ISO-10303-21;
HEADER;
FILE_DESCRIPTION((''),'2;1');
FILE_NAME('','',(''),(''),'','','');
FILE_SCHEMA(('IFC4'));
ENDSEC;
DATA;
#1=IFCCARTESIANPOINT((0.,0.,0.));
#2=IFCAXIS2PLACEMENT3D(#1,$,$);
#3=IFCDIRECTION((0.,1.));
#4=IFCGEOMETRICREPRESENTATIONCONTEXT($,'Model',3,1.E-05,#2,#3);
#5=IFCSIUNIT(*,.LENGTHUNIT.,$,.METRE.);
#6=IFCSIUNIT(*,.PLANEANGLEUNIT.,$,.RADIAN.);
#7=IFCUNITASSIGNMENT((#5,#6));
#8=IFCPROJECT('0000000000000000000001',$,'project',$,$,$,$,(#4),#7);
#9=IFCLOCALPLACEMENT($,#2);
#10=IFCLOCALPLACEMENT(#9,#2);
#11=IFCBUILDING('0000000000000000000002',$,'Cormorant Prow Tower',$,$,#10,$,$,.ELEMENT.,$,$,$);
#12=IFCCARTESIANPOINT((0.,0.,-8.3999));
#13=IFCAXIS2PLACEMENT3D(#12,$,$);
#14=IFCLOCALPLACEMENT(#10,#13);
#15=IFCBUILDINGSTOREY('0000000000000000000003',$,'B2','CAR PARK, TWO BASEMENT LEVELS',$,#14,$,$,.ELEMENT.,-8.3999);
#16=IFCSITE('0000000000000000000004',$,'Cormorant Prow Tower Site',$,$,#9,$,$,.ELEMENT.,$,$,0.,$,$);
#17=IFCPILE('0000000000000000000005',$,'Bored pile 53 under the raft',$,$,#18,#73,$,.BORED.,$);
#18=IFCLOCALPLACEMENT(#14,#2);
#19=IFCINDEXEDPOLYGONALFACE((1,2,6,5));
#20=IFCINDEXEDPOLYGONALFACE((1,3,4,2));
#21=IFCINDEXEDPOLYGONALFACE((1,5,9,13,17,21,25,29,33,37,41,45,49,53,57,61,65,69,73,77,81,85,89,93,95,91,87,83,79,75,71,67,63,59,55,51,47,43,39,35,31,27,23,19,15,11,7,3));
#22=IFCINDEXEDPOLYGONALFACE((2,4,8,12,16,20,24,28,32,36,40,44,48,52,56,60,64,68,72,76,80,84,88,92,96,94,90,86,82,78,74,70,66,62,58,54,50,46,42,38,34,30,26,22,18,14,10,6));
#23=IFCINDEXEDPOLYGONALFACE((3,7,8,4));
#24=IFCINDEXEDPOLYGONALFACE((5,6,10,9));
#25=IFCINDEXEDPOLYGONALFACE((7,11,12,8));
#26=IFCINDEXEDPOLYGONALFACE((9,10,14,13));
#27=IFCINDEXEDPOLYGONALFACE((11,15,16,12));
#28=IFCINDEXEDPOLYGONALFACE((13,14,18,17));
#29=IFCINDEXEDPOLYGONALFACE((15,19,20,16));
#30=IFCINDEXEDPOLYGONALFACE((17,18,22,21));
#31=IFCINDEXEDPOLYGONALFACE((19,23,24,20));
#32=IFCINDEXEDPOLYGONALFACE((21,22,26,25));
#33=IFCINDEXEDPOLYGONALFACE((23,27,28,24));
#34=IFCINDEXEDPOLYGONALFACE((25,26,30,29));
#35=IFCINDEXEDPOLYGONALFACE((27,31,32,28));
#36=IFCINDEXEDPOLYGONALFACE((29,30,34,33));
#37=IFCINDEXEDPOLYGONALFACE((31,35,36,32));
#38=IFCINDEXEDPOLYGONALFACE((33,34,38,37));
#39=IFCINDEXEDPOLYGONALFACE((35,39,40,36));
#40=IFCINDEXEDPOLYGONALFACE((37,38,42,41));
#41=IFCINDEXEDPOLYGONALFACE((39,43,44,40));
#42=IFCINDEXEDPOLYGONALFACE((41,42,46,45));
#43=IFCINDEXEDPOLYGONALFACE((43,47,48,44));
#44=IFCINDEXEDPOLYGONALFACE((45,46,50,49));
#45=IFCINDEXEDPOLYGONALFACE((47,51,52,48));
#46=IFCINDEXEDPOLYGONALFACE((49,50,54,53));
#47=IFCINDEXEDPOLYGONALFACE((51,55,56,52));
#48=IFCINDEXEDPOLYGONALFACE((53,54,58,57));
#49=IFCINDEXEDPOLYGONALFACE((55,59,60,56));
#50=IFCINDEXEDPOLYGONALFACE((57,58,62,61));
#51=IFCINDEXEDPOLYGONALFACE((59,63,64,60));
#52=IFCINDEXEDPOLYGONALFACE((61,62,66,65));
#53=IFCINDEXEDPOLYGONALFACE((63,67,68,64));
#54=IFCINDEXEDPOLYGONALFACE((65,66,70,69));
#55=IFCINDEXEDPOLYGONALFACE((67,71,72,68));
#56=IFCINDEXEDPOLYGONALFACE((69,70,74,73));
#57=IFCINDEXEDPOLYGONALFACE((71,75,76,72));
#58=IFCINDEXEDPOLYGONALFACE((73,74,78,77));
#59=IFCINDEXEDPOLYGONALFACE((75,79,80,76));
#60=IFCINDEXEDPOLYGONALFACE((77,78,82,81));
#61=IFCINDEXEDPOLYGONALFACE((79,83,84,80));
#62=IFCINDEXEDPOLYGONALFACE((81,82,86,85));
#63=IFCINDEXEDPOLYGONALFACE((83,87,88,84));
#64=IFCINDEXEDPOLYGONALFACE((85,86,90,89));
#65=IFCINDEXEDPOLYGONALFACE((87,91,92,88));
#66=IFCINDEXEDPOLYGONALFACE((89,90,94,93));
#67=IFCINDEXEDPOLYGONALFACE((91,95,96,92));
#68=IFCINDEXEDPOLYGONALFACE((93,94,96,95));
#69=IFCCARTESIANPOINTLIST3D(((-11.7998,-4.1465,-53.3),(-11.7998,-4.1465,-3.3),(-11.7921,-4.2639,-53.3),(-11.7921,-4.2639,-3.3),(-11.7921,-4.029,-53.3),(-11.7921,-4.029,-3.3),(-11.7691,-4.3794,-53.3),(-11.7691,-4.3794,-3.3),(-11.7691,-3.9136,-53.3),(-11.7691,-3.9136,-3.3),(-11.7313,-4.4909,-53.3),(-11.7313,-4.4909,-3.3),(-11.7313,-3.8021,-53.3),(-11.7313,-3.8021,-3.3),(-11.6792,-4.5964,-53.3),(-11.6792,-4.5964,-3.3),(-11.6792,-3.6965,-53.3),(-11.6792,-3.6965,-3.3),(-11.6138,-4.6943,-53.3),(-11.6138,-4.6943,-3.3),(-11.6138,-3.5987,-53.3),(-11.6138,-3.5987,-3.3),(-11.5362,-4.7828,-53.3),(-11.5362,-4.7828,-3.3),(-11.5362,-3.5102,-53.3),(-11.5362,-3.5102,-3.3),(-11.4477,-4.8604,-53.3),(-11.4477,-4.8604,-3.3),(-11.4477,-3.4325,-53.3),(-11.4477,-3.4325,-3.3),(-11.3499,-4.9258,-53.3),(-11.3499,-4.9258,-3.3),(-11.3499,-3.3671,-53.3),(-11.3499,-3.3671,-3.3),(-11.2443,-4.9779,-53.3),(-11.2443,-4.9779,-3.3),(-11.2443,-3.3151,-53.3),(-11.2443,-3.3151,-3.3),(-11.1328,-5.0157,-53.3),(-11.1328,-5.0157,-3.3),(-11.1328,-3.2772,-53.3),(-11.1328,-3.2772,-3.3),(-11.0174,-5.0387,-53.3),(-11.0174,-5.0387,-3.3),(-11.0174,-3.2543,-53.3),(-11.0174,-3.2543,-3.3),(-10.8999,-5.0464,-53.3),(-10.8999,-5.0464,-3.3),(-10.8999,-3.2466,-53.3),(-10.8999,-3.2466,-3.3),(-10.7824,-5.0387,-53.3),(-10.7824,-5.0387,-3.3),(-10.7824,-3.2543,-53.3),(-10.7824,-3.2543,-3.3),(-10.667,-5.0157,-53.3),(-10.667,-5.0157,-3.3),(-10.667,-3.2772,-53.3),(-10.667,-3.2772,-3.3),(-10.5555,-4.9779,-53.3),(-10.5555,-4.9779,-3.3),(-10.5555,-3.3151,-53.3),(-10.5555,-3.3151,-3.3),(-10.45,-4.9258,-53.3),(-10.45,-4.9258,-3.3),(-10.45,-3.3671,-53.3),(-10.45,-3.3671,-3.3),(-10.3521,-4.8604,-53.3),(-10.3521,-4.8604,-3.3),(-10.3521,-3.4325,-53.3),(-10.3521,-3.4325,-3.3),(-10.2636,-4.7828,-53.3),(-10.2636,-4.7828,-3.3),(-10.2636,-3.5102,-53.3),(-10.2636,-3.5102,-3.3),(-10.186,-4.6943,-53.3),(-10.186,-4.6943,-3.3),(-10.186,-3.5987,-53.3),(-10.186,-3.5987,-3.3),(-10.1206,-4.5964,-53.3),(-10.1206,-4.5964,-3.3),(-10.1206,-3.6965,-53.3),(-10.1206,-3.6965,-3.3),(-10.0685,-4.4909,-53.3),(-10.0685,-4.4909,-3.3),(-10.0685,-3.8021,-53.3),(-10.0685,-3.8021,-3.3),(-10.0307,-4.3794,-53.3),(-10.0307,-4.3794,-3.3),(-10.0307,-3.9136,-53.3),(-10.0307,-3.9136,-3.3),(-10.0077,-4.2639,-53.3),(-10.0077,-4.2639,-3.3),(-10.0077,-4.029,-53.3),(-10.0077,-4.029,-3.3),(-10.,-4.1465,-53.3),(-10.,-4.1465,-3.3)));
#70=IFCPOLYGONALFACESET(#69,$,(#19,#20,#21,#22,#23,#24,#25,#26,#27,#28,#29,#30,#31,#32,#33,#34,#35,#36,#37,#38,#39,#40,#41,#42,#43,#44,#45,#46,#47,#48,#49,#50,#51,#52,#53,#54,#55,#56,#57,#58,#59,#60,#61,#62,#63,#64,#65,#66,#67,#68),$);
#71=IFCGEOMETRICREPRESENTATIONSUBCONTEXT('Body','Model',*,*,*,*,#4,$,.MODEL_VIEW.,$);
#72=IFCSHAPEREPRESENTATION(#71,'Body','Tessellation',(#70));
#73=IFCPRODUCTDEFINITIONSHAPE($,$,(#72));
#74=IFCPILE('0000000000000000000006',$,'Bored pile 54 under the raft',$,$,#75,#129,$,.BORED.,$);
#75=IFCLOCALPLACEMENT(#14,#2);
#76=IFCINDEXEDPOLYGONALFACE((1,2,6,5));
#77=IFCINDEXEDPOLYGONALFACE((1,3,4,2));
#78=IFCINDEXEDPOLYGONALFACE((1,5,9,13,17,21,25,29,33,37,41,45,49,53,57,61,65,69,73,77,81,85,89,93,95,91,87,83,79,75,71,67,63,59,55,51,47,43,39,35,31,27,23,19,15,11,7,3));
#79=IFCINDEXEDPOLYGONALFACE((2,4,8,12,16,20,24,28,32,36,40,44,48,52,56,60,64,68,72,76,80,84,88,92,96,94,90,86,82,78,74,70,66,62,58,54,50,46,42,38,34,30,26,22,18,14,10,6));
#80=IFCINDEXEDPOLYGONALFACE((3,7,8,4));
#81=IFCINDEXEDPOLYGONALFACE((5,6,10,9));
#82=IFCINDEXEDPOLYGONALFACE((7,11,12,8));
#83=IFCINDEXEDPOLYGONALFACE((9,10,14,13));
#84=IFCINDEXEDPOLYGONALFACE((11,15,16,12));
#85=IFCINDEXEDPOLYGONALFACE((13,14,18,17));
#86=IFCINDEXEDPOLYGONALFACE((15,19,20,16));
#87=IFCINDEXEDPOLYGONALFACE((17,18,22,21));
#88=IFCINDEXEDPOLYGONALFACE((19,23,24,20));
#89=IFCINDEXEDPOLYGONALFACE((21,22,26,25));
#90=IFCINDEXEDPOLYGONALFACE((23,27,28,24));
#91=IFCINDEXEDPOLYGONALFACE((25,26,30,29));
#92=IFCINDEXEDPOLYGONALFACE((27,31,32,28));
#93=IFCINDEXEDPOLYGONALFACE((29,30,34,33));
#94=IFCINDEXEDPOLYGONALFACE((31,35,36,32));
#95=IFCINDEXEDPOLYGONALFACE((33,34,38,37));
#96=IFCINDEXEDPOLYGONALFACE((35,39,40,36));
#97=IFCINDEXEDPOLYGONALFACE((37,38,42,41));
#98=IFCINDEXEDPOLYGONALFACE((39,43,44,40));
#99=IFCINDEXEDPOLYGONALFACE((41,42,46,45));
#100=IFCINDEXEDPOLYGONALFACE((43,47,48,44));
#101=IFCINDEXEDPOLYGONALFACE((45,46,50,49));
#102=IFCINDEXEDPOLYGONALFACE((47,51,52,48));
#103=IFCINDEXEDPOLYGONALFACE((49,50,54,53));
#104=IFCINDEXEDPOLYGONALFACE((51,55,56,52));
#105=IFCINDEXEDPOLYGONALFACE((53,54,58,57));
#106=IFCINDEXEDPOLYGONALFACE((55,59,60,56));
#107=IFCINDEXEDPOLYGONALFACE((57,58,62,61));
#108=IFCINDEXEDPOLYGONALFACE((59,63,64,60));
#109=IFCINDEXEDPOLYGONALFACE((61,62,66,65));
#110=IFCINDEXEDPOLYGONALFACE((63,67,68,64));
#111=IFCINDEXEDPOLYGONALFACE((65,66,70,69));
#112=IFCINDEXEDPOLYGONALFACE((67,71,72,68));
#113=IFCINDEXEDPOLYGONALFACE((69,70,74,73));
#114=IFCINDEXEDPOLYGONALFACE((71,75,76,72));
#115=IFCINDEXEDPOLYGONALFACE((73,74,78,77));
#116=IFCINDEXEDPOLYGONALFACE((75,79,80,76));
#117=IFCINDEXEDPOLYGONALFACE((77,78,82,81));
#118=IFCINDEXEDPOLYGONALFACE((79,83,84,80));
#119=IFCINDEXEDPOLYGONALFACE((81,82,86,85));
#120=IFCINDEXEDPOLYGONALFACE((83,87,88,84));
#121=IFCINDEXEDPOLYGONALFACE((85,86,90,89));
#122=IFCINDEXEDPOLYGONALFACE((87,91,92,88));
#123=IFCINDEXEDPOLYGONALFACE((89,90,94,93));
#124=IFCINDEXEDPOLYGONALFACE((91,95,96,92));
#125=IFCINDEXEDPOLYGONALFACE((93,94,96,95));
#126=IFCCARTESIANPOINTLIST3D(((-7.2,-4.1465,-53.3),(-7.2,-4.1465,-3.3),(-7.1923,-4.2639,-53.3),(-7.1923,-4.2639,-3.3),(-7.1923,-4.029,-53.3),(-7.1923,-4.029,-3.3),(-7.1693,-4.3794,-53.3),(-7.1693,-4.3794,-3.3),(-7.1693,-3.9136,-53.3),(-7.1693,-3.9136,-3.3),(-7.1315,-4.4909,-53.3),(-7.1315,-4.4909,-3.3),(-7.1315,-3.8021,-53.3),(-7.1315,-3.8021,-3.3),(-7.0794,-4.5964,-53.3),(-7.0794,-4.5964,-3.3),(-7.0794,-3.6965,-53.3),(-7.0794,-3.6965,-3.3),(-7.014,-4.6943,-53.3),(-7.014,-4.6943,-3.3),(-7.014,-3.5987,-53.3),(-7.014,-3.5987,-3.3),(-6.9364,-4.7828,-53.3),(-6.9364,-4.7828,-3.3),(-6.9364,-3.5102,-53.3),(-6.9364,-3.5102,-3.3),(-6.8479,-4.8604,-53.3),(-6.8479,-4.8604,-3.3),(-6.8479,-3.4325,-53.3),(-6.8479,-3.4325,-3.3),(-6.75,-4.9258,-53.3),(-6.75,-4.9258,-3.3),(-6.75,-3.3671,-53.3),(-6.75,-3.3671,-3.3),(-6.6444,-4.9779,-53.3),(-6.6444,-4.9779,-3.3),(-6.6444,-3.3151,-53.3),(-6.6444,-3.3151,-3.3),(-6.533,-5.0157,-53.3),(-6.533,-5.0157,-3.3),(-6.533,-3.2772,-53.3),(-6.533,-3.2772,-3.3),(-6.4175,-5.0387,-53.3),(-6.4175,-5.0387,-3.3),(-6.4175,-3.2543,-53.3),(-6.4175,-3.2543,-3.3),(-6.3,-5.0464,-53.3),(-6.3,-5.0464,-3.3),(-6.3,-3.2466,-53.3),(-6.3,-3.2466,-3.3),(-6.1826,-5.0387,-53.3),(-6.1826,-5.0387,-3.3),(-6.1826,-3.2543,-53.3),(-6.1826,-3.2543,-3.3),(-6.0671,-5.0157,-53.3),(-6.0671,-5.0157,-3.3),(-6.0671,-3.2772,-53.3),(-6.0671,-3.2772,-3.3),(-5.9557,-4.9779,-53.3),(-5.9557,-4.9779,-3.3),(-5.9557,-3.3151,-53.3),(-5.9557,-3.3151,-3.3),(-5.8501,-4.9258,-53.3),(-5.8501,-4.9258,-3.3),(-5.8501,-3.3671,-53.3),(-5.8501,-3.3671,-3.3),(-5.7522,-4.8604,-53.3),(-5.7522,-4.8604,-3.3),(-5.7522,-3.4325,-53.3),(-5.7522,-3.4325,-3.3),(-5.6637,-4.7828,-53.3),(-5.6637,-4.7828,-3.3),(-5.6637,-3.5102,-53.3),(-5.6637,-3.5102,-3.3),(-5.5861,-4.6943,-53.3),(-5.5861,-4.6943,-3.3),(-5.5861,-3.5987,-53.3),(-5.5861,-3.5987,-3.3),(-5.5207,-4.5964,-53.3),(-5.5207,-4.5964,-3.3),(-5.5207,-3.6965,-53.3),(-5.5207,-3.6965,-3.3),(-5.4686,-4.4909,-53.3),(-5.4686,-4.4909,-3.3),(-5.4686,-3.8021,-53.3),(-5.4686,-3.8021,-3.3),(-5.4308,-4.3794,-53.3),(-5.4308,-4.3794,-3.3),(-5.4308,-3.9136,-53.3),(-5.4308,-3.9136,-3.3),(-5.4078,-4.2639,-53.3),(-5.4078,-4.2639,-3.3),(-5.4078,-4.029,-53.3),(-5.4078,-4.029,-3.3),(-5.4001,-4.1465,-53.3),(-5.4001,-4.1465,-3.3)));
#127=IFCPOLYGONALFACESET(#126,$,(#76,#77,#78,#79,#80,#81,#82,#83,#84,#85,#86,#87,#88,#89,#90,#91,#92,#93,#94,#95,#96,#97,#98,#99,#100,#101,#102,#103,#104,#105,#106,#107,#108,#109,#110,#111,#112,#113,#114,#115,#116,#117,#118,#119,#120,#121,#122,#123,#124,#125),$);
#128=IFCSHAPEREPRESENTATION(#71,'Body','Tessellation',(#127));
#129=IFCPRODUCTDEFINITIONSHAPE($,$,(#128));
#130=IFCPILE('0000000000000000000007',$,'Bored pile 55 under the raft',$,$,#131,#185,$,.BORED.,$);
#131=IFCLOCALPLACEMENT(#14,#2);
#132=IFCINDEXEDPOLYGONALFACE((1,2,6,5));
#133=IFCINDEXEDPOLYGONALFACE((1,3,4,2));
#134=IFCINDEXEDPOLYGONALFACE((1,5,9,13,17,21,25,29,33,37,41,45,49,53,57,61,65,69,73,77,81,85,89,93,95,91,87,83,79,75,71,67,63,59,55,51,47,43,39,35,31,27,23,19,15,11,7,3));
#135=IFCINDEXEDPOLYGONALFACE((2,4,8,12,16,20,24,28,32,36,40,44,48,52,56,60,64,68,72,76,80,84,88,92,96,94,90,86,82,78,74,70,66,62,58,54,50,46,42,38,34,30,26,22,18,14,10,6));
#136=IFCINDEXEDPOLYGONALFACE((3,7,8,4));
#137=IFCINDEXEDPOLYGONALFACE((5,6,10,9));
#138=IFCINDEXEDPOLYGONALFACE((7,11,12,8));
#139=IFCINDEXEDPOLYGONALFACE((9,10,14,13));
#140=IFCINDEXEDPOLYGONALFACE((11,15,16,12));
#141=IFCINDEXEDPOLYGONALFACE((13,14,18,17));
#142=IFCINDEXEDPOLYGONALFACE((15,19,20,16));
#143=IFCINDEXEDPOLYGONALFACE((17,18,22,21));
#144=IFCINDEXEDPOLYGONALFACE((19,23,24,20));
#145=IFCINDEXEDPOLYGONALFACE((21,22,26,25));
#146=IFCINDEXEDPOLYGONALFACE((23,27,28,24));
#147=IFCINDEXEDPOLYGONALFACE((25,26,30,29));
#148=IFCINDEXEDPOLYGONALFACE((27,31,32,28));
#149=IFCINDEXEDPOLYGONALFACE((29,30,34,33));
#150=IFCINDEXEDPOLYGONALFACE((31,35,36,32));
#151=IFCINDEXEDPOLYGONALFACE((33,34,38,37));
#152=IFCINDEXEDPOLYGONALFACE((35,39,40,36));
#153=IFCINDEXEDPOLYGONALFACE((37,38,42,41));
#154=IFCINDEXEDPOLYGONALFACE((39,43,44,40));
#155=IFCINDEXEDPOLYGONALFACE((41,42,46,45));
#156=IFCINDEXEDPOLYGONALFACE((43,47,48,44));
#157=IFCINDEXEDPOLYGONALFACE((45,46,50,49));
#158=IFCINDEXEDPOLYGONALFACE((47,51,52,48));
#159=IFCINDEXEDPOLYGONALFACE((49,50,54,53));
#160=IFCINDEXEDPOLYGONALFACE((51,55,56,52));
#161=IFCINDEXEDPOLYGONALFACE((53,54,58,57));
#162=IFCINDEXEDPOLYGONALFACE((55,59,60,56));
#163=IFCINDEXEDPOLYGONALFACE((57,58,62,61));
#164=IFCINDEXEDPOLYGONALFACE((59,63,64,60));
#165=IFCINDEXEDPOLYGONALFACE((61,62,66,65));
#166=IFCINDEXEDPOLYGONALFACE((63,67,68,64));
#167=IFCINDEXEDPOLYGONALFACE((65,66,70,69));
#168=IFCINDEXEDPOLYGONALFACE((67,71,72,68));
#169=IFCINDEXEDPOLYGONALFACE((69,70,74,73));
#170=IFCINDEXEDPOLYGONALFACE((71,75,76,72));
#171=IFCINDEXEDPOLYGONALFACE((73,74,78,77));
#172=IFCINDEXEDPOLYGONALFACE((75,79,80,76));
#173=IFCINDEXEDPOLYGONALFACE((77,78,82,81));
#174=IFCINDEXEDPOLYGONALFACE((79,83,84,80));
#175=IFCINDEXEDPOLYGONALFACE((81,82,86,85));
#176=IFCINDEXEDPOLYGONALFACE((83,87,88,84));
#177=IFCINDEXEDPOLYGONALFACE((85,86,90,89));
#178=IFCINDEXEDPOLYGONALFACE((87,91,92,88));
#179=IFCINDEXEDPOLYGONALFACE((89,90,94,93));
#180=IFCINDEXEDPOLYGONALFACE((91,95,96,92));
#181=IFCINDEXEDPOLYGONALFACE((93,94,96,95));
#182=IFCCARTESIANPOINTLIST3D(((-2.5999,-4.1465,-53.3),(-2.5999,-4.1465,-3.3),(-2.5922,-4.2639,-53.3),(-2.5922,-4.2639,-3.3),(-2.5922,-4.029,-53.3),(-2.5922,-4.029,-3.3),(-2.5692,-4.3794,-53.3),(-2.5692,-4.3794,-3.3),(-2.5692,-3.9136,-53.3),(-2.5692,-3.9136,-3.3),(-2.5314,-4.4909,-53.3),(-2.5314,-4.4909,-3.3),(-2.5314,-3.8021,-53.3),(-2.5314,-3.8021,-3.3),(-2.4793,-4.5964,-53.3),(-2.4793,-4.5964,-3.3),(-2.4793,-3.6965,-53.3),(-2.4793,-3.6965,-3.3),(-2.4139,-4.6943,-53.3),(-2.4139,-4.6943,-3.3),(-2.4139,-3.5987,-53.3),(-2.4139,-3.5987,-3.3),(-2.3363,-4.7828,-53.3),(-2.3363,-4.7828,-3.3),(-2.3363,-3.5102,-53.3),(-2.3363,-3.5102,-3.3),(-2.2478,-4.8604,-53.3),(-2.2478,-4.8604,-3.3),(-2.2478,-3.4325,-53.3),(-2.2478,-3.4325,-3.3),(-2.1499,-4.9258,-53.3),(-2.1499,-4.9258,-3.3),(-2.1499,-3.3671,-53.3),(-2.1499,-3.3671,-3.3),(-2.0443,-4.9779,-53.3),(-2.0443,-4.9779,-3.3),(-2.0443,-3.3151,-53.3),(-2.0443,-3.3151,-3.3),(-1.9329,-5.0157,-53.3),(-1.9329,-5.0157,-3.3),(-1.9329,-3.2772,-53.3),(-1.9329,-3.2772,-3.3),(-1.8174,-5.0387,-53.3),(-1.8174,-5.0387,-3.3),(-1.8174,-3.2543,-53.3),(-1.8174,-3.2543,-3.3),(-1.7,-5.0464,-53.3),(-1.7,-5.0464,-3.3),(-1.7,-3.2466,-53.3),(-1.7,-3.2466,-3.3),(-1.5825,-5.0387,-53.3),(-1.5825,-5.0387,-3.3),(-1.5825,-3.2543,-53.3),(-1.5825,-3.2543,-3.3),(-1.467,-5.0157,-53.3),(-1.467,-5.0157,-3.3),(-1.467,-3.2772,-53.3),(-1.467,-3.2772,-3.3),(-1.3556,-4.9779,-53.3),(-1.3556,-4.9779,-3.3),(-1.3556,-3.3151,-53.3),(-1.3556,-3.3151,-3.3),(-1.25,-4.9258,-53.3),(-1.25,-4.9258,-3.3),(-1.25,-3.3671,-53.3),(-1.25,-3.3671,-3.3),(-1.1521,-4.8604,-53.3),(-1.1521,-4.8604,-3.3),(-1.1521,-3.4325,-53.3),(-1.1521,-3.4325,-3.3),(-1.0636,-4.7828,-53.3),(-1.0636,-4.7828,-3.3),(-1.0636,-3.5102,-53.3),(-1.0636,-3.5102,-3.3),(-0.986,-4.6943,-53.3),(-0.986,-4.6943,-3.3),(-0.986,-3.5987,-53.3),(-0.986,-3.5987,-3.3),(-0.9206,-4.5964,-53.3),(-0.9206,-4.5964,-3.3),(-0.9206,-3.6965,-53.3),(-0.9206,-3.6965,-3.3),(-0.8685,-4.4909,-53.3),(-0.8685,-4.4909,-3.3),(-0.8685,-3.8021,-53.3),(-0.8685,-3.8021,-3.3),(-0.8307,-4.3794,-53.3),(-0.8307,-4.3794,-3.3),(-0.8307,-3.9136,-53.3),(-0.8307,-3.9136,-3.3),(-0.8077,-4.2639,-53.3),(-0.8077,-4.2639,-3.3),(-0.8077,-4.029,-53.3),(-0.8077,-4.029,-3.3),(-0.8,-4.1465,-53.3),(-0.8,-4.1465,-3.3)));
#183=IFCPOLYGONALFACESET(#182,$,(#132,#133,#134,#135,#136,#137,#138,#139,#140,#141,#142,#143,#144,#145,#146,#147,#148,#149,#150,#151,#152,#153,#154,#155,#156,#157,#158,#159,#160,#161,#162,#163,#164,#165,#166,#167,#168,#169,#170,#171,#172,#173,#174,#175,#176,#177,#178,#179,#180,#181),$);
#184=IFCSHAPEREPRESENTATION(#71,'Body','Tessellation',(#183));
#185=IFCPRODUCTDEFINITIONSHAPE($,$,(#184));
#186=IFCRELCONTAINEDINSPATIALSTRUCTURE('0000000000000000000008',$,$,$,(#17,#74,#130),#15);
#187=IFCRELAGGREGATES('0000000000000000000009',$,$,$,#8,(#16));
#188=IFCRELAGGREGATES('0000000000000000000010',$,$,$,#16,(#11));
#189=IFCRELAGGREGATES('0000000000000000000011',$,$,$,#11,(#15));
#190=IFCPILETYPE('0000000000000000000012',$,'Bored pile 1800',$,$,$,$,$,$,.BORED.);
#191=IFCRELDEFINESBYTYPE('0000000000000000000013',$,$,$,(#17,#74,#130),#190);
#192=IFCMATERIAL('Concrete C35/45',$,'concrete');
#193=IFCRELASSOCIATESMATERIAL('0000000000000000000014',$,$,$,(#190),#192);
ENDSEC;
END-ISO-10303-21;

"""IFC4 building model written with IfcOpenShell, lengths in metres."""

from ifc_helpers import new_model, si_unit, direction, frame, origin, origin_2d, place, context, subcontext, project, spatial, circle, extrude, material, material_profile, profile_set, type_object, element, save


model = new_model("IFC4")

# Units and contexts
model_context = context("Model", 3, precision=1e-05, world=origin(), true_north=direction((0.0, 1.0)))
body_context = subcontext(model_context, "Body", "Model", "MODEL_VIEW")
ifc_project = project(units=[si_unit("LENGTHUNIT", "METRE"), si_unit("PLANEANGLEUNIT", "RADIAN")], contexts=[model_context])

# Site, building, storey
site_placement = place(None, origin())
site = spatial("IfcSite", under=ifc_project, at=site_placement, Name="Cormorant Prow Tower Site", CompositionType="ELEMENT", RefElevation=0.0)
building_placement = place(site_placement, origin())
building = spatial("IfcBuilding", under=site, at=building_placement, Name="Cormorant Prow Tower", CompositionType="ELEMENT")
storey_placement = place(building_placement, frame((0.0, 0.0, -8.3999)))
storey = spatial("IfcBuildingStorey", under=building, at=storey_placement, Name="B2", Description="CAR PARK, TWO BASEMENT LEVELS", CompositionType="ELEMENT", Elevation=-8.3999)

# Piles
ifc_material_1 = material(Name="Concrete C35/45", Category="concrete")
ifc_material_profile = material_profile(ifc_material_1, circle(Radius=0.8999, at=origin_2d()), Name="Round 1800")
ifc_profile_set = profile_set([ifc_material_profile], Name="Concrete C35/45")
pile_type = type_object("IfcPileType", Name="Bored pile 1800", PredefinedType="BORED", material=ifc_profile_set)
for number, where, z_axis, x_axis, name in (
    (1, (-10.8999, -4.1465, -3.3), (0.0, 0.0, -1.0), (1.0, 0.0, 0.0), "Bored pile 53 under the raft"),
    (2, (-6.3, -4.1465, -3.3), (0.0, 0.0, -1.0), (1.0, 0.0, 0.0), "Bored pile 54 under the raft"),
    (3, (-1.7, -4.1465, -3.3), (0.0, 0.0, -1.0), (1.0, 0.0, 0.0), "Bored pile 55 under the raft"),
):
    element("IfcPile", number, at=place(storey_placement, frame(where, z_axis=z_axis, x_axis=x_axis)), inside=storey, type_object=pile_type, Name=name, PredefinedType="BORED", context=body_context, shape_type="SweptSolid", body=[
        extrude(circle(Radius=0.8999, at=origin_2d()), origin(), (0.0, 0.0, 1.0), 50.0),
    ])

save(model, "model.ifc")
